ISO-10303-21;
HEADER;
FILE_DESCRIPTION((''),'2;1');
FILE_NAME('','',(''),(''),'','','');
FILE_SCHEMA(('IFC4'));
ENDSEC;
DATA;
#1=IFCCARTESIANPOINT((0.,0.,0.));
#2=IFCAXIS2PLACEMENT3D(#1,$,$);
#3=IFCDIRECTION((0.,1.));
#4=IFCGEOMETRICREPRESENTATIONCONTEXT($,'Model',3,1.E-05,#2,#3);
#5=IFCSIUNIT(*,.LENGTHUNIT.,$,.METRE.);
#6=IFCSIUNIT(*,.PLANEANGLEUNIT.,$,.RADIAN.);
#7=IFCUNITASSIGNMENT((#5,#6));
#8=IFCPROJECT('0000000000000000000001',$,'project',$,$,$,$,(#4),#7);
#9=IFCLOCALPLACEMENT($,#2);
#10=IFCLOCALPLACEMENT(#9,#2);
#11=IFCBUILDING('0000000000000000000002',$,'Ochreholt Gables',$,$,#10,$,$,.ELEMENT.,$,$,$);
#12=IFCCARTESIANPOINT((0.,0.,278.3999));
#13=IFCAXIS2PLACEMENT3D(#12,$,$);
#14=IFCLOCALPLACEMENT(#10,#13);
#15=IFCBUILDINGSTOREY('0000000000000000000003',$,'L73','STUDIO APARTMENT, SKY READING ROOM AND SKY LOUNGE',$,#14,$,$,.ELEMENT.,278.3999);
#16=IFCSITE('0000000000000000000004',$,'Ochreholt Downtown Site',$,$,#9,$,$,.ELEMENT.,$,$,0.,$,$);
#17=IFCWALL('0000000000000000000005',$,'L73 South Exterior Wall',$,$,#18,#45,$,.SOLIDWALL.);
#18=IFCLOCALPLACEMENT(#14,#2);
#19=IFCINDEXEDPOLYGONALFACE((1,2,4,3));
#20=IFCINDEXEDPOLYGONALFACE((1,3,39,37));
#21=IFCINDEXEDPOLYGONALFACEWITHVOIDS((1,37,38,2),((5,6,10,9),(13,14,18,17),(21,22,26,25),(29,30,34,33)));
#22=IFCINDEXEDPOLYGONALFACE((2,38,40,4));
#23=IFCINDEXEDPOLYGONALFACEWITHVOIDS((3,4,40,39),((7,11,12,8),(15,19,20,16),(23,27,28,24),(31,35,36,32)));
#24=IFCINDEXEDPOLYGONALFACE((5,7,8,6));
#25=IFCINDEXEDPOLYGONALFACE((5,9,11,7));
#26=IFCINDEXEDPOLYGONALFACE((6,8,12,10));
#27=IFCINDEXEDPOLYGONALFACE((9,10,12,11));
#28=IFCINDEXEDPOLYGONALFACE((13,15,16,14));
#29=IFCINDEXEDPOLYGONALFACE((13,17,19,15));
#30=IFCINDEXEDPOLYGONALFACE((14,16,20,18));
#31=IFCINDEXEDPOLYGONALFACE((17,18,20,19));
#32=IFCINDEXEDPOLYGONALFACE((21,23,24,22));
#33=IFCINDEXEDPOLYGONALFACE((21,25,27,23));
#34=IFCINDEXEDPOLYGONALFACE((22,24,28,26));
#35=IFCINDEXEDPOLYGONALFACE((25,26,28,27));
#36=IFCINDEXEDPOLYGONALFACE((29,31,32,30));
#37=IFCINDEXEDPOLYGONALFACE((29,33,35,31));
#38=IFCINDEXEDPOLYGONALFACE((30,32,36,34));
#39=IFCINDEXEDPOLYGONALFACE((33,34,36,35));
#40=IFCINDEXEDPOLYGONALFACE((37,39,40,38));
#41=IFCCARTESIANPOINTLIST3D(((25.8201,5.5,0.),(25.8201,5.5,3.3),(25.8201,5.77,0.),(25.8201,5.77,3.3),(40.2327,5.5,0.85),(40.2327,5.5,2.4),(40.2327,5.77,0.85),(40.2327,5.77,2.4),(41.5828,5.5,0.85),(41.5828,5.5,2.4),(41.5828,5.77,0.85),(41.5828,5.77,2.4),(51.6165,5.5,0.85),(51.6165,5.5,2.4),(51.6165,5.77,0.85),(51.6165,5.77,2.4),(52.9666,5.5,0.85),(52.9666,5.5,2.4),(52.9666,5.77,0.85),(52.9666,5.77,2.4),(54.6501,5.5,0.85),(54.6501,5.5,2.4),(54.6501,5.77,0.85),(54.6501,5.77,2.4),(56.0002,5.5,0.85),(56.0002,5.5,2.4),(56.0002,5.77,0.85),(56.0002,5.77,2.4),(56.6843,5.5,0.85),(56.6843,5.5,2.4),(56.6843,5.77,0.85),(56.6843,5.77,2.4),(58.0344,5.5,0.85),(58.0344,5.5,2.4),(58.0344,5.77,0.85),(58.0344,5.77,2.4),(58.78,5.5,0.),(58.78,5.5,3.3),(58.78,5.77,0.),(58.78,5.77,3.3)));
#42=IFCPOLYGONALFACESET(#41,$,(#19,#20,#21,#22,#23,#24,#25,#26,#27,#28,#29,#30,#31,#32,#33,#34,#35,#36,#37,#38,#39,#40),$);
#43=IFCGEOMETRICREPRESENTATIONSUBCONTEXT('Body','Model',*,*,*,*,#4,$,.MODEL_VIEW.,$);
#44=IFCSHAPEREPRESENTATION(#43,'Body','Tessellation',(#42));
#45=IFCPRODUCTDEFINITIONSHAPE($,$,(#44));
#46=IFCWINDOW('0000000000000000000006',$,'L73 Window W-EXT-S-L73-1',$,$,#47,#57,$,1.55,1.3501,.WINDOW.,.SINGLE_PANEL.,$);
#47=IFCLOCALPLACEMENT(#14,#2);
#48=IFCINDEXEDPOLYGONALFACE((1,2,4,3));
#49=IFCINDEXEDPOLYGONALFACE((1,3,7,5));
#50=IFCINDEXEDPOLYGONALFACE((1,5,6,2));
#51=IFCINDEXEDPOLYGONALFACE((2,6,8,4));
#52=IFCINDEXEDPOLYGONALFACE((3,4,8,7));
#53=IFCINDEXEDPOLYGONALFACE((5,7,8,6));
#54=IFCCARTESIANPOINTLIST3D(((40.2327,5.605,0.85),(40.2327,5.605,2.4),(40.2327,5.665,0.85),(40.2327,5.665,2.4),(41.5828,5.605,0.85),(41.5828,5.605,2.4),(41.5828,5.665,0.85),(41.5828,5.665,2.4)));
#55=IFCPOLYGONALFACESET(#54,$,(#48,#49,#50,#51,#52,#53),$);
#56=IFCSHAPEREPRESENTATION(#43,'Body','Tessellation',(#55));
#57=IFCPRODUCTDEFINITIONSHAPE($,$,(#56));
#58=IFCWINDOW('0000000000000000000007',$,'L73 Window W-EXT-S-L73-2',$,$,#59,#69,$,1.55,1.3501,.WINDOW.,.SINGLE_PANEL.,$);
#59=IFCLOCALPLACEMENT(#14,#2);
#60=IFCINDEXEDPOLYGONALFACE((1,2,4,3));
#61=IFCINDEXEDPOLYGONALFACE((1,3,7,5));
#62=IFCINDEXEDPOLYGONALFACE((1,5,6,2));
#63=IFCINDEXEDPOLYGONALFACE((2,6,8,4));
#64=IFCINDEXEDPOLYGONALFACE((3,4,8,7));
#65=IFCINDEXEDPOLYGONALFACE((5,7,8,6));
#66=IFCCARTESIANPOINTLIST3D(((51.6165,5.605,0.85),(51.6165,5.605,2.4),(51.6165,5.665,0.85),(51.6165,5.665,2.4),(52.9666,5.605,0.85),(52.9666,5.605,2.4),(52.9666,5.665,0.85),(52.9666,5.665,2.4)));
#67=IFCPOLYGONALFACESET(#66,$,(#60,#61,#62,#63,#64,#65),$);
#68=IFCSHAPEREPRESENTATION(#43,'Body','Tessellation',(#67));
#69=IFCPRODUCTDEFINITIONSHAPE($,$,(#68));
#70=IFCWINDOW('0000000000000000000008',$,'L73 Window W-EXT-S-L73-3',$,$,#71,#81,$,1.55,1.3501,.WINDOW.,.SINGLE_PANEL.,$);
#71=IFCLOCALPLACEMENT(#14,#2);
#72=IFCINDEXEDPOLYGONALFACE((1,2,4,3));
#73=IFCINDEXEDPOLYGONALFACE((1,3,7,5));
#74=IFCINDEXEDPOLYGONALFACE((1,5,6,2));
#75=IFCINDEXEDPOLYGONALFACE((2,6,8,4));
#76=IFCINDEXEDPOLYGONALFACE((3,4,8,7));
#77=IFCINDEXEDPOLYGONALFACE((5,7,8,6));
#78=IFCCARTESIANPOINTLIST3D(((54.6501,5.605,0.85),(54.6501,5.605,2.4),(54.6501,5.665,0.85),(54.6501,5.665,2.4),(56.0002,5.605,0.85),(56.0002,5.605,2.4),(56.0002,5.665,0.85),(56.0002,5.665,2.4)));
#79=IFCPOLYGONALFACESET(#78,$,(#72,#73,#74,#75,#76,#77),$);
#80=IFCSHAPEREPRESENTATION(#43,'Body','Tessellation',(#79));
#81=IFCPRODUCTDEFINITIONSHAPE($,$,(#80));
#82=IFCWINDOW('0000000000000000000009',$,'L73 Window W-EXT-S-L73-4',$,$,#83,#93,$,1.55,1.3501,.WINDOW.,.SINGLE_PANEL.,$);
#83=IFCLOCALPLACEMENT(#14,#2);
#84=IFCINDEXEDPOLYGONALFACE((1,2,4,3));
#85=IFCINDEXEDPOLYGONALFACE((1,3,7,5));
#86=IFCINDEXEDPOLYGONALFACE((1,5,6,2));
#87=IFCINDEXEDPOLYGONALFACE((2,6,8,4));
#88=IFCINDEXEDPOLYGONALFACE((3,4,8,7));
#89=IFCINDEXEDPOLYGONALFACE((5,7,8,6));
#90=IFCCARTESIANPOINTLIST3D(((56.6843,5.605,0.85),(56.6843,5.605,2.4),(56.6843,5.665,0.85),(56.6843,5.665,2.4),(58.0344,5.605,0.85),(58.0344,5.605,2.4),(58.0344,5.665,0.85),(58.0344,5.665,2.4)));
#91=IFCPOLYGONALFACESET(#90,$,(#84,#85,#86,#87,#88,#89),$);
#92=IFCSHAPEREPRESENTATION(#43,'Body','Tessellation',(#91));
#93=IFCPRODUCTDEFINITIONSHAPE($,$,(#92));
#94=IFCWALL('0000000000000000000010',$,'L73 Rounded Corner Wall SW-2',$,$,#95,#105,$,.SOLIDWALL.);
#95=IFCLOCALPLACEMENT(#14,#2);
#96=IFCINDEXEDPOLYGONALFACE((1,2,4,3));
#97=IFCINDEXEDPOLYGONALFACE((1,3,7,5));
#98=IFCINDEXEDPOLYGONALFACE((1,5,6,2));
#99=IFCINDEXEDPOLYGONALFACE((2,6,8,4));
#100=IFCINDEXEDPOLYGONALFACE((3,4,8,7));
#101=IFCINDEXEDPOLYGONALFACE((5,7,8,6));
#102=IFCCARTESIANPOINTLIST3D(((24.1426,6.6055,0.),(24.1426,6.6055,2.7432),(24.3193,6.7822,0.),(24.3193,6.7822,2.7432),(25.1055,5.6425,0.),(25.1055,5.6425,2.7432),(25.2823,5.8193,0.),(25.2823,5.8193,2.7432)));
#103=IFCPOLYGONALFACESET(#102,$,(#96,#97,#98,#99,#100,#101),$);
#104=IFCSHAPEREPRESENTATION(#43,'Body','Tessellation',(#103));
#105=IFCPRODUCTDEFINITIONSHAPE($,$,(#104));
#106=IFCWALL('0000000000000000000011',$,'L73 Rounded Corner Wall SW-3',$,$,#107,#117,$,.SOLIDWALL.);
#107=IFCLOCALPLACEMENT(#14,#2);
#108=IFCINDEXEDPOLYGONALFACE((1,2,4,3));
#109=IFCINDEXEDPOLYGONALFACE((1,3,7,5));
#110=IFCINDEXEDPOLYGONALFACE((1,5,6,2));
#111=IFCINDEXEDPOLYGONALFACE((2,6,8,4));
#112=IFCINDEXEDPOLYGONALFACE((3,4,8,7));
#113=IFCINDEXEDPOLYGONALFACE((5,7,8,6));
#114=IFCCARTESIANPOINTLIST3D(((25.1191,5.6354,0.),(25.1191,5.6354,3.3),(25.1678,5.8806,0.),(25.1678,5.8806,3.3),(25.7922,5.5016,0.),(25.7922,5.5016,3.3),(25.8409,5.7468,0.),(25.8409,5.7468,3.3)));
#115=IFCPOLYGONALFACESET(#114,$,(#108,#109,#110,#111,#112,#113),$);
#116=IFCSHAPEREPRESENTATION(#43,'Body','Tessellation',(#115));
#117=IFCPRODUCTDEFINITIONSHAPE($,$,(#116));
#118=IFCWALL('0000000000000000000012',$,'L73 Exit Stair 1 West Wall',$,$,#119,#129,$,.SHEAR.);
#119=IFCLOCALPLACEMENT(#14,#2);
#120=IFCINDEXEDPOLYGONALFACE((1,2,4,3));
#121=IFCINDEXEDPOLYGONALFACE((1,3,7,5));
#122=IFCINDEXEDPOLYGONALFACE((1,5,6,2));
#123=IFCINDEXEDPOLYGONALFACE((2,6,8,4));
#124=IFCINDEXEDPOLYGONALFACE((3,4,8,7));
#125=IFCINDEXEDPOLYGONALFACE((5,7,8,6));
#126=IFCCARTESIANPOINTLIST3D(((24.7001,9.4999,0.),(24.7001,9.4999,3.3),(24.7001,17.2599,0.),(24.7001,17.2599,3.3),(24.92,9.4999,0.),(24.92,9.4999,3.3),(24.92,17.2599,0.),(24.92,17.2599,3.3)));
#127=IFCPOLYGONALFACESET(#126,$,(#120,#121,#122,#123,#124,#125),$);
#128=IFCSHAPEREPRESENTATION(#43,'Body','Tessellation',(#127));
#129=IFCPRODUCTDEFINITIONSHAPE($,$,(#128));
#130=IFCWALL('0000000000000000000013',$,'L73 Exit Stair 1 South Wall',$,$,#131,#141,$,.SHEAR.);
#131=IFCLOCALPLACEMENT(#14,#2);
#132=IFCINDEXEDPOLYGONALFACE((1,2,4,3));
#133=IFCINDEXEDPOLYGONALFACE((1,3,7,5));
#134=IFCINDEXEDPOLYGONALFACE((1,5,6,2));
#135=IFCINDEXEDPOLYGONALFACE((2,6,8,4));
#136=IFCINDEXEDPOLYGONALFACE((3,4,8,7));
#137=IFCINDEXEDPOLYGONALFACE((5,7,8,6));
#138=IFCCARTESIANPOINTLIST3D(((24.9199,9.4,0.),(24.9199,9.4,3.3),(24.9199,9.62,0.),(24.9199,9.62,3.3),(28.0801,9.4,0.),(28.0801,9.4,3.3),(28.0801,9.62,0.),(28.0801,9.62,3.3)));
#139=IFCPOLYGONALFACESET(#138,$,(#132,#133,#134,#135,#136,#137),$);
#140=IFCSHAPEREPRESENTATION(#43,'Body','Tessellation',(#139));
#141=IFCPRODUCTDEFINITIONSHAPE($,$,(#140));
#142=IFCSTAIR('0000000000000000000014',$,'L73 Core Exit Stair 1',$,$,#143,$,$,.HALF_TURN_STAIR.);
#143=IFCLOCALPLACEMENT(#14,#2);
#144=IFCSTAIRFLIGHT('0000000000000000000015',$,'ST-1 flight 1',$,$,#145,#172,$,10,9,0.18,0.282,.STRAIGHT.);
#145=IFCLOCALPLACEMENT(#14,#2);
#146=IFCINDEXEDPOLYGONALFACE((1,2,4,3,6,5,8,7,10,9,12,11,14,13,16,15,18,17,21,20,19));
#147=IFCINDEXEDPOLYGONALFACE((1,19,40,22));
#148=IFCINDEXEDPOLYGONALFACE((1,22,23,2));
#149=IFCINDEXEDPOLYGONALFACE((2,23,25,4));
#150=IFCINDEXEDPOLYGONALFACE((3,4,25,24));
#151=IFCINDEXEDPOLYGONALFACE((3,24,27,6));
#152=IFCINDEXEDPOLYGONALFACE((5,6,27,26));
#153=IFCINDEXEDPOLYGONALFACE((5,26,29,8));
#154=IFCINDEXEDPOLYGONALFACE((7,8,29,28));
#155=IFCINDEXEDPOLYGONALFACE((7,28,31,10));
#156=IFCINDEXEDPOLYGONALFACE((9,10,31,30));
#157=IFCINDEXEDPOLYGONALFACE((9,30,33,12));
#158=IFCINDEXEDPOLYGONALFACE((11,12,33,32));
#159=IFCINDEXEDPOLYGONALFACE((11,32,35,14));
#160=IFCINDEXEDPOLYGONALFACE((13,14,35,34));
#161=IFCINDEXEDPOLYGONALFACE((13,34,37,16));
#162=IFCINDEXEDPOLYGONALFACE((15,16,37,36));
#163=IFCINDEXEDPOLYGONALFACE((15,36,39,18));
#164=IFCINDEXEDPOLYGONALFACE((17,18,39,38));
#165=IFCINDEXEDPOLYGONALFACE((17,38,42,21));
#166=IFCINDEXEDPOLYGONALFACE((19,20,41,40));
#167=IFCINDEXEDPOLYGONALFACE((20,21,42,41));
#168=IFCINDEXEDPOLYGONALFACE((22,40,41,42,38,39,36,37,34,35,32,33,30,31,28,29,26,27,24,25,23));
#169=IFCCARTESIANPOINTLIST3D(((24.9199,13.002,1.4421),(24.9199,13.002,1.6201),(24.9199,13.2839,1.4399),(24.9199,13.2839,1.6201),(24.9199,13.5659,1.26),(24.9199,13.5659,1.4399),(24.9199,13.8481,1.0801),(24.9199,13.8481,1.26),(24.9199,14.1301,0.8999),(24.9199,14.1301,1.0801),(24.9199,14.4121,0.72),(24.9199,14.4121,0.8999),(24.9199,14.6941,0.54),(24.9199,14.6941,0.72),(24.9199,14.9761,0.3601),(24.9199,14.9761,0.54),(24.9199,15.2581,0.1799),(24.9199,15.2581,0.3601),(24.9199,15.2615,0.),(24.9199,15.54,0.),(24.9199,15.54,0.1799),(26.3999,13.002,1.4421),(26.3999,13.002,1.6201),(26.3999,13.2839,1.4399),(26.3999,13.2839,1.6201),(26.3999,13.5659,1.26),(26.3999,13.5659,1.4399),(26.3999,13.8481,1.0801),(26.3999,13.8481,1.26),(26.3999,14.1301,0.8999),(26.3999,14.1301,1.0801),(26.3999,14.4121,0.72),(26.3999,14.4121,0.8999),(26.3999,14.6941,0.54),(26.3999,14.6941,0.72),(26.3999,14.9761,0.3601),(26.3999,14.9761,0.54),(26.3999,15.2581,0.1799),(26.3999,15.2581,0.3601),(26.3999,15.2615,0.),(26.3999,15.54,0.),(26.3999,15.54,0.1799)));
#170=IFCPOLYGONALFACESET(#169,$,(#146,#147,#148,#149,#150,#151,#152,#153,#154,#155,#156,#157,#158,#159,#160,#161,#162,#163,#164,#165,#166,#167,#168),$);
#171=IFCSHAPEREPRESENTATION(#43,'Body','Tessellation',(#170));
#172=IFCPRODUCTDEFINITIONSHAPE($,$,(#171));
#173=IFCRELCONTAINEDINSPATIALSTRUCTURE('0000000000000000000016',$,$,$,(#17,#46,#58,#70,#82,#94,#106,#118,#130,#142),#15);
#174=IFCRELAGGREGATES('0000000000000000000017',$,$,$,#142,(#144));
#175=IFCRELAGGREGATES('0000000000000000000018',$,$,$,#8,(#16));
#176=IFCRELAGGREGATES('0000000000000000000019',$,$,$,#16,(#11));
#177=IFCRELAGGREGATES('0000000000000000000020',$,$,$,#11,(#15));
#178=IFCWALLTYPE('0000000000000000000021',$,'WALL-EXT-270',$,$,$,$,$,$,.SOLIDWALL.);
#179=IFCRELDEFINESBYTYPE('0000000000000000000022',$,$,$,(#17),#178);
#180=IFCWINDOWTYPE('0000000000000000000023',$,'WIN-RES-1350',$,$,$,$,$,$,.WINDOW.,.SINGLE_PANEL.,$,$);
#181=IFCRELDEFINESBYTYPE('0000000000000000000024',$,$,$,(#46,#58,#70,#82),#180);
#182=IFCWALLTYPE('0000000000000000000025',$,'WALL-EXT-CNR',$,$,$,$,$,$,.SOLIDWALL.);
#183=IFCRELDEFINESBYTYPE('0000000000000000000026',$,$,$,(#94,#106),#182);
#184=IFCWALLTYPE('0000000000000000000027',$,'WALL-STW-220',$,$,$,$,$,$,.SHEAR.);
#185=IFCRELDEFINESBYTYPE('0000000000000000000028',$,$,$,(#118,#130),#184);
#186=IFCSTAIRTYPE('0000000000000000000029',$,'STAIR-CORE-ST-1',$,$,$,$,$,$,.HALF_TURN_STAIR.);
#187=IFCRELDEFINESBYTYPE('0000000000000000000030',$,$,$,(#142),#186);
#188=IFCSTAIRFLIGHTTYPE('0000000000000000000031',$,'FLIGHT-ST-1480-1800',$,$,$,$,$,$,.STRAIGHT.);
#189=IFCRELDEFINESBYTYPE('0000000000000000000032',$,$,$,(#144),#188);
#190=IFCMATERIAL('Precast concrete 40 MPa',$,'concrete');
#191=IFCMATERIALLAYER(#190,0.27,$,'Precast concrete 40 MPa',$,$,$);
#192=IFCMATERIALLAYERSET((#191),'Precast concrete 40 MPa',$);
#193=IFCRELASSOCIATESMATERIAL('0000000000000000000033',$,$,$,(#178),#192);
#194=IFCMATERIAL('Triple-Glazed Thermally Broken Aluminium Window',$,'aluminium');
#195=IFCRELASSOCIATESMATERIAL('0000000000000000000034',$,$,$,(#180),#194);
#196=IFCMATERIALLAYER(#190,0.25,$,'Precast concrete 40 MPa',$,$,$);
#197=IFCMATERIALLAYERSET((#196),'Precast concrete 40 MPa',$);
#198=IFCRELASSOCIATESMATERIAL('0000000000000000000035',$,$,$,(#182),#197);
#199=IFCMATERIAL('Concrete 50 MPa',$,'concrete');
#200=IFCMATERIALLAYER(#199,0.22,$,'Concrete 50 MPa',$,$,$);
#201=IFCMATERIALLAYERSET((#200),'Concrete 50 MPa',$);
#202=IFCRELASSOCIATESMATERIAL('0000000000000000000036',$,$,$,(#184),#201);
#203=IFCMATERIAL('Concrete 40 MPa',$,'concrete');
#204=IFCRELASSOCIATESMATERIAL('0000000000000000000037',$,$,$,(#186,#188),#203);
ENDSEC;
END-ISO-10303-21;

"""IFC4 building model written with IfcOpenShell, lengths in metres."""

from ifc_helpers import new_model, si_unit, direction, frame, frame_2d, origin, place, context, subcontext, project, spatial, polyline, rectangle, outline, extrude, material, layer, layer_set, type_object, element, fill, aggregate, save


model = new_model("IFC4")

# Units and contexts
model_context = context("Model", 3, precision=1e-05, world=origin(), true_north=direction((0.0, 1.0)))
body_context = subcontext(model_context, "Body", "Model", "MODEL_VIEW")
ifc_project = project(units=[si_unit("LENGTHUNIT", "METRE"), si_unit("PLANEANGLEUNIT", "RADIAN")], contexts=[model_context])

# Site, building, storey
site_placement = place(None, origin())
site = spatial("IfcSite", under=ifc_project, at=site_placement, Name="Ochreholt Downtown Site", CompositionType="ELEMENT", RefElevation=0.0)
building_placement = place(site_placement, origin())
building = spatial("IfcBuilding", under=site, at=building_placement, Name="Ochreholt Gables", CompositionType="ELEMENT")
storey_placement = place(building_placement, frame((0.0, 0.0, 278.3999)))
storey = spatial("IfcBuildingStorey", under=building, at=storey_placement, Name="L73", Description="STUDIO APARTMENT, SKY READING ROOM AND SKY LOUNGE", CompositionType="ELEMENT", Elevation=278.3999)

# Shared definitions
ifc_material_1 = material(Name="Concrete 50 MPa", Category="concrete")

# Wall, openings, windows
ifc_material_2 = material(Name="Precast concrete 40 MPa", Category="concrete")
ifc_layer_1 = layer(ifc_material_2, 0.27, Name="Precast concrete 40 MPa")
ifc_layer_set_1 = layer_set([ifc_layer_1], Name="Precast concrete 40 MPa")
wall_type_1 = type_object("IfcWallType", Name="WALL-EXT-270", PredefinedType="SOLIDWALL", material=ifc_layer_set_1)
wall_1_placement = place(storey_placement, frame((25.8201, 5.635, 0.0), z_axis=(0.0, 0.0, 1.0), x_axis=(1.0, 0.0, 0.0)))
wall_1 = element("IfcWall", 1, at=wall_1_placement, inside=storey, type_object=wall_type_1, Name="L73 South Exterior Wall", PredefinedType="SOLIDWALL", context=body_context, shape_type="SweptSolid", body=[
    extrude(rectangle(XDim=32.96, YDim=0.27, at=frame_2d((16.48, 0.0))), origin(), (0.0, 0.0, 1.0), 3.3),
])
opening_1_placement = place(wall_1_placement, frame((14.4126, 0.0, 0.8501)))
opening_1 = element("IfcOpeningElement", 2, at=opening_1_placement, cuts=wall_1, PredefinedType="OPENING", context=body_context, shape_type="SweptSolid", body=[
    extrude(rectangle(XDim=1.3501, YDim=1.55, at=frame_2d((0.675, 0.7749))), frame((0.0, 0.145, 0.0), z_axis=(0.0, -1.0, 0.0), x_axis=(1.0, 0.0, 0.0)), (0.0, 0.0, 1.0), 0.29),
])
opening_2_placement = place(wall_1_placement, frame((25.7964, 0.0, 0.8501)))
opening_2 = element("IfcOpeningElement", 3, at=opening_2_placement, cuts=wall_1, PredefinedType="OPENING", context=body_context, shape_type="SweptSolid", body=[
    extrude(rectangle(XDim=1.3501, YDim=1.55, at=frame_2d((0.675, 0.7749))), frame((0.0, 0.145, 0.0), z_axis=(0.0, -1.0, 0.0), x_axis=(1.0, 0.0, 0.0)), (0.0, 0.0, 1.0), 0.29),
])
opening_3_placement = place(wall_1_placement, frame((28.8301, 0.0, 0.8501)))
opening_3 = element("IfcOpeningElement", 4, at=opening_3_placement, cuts=wall_1, PredefinedType="OPENING", context=body_context, shape_type="SweptSolid", body=[
    extrude(rectangle(XDim=1.3501, YDim=1.55, at=frame_2d((0.675, 0.7749))), frame((0.0, 0.145, 0.0), z_axis=(0.0, -1.0, 0.0), x_axis=(1.0, 0.0, 0.0)), (0.0, 0.0, 1.0), 0.29),
])
opening_4_placement = place(wall_1_placement, frame((30.8643, 0.0, 0.8501)))
opening_4 = element("IfcOpeningElement", 5, at=opening_4_placement, cuts=wall_1, PredefinedType="OPENING", context=body_context, shape_type="SweptSolid", body=[
    extrude(rectangle(XDim=1.3501, YDim=1.55, at=frame_2d((0.675, 0.7749))), frame((0.0, 0.145, 0.0), z_axis=(0.0, -1.0, 0.0), x_axis=(1.0, 0.0, 0.0)), (0.0, 0.0, 1.0), 0.29),
])
ifc_material_3 = material(Name="Triple-Glazed Thermally Broken Aluminium Window", Category="aluminium")
window_type = type_object("IfcWindowType", Name="WIN-RES-1350", PartitioningType="SINGLE_PANEL", PredefinedType="WINDOW", material=ifc_material_3)
window_1_placement = place(opening_1_placement, origin())
window_1 = element("IfcWindow", 6, at=window_1_placement, inside=storey, type_object=window_type, Name="L73 Window W-EXT-S-L73-1", OverallHeight=1.55, OverallWidth=1.3501, PartitioningType="SINGLE_PANEL", PredefinedType="WINDOW", context=body_context, shape_type="SweptSolid", body=[
    extrude(rectangle(XDim=1.3501, YDim=1.55, at=frame_2d((0.675, 0.7749))), frame((0.0, 0.03, 0.0), z_axis=(0.0, -1.0, 0.0), x_axis=(1.0, 0.0, 0.0)), (0.0, 0.0, 1.0), 0.0601),
])
fill(opening_1, window_1)
window_2_placement = place(opening_2_placement, origin())
window_2 = element("IfcWindow", 7, at=window_2_placement, inside=storey, type_object=window_type, Name="L73 Window W-EXT-S-L73-2", OverallHeight=1.55, OverallWidth=1.3501, PartitioningType="SINGLE_PANEL", PredefinedType="WINDOW", context=body_context, shape_type="SweptSolid", body=[
    extrude(rectangle(XDim=1.3501, YDim=1.55, at=frame_2d((0.675, 0.7749))), frame((0.0, 0.03, 0.0), z_axis=(0.0, -1.0, 0.0), x_axis=(1.0, 0.0, 0.0)), (0.0, 0.0, 1.0), 0.0601),
])
fill(opening_2, window_2)
window_3_placement = place(opening_3_placement, origin())
window_3 = element("IfcWindow", 8, at=window_3_placement, inside=storey, type_object=window_type, Name="L73 Window W-EXT-S-L73-3", OverallHeight=1.55, OverallWidth=1.3501, PartitioningType="SINGLE_PANEL", PredefinedType="WINDOW", context=body_context, shape_type="SweptSolid", body=[
    extrude(rectangle(XDim=1.3501, YDim=1.55, at=frame_2d((0.675, 0.7749))), frame((0.0, 0.03, 0.0), z_axis=(0.0, -1.0, 0.0), x_axis=(1.0, 0.0, 0.0)), (0.0, 0.0, 1.0), 0.0601),
])
fill(opening_3, window_3)
window_4_placement = place(opening_4_placement, origin())
window_4 = element("IfcWindow", 9, at=window_4_placement, inside=storey, type_object=window_type, Name="L73 Window W-EXT-S-L73-4", OverallHeight=1.55, OverallWidth=1.3501, PartitioningType="SINGLE_PANEL", PredefinedType="WINDOW", context=body_context, shape_type="SweptSolid", body=[
    extrude(rectangle(XDim=1.3501, YDim=1.55, at=frame_2d((0.675, 0.7749))), frame((0.0, 0.03, 0.0), z_axis=(0.0, -1.0, 0.0), x_axis=(1.0, 0.0, 0.0)), (0.0, 0.0, 1.0), 0.0601),
])
fill(opening_4, window_4)

# Walls
ifc_layer_2 = layer(ifc_material_2, 0.25, Name="Precast concrete 40 MPa")
ifc_layer_set_2 = layer_set([ifc_layer_2], Name="Precast concrete 40 MPa")
wall_type_2 = type_object("IfcWallType", Name="WALL-EXT-CNR", PredefinedType="SOLIDWALL", material=ifc_layer_set_2)
wall_2_placement = place(storey_placement, frame((24.231, 6.6938, 0.0), z_axis=(0.0, 0.0, 1.0), x_axis=(0.707107, -0.707107, 0.0)))
element("IfcWall", 10, at=wall_2_placement, inside=storey, type_object=wall_type_2, Name="L73 Rounded Corner Wall SW-2", PredefinedType="SOLIDWALL", context=body_context, shape_type="SweptSolid", body=[
    extrude(rectangle(XDim=1.3618, YDim=0.25, at=frame_2d((0.6809, 0.0))), origin(), (0.0, 0.0, 1.0), 2.7432),
])
wall_3_placement = place(storey_placement, frame((25.1433, 5.7581, 0.0), z_axis=(0.0, 0.0, 1.0), x_axis=(0.980813, -0.194953, 0.0)))
element("IfcWall", 11, at=wall_3_placement, inside=storey, type_object=wall_type_2, Name="L73 Rounded Corner Wall SW-3", PredefinedType="SOLIDWALL", context=body_context, shape_type="SweptSolid", body=[
    extrude(rectangle(XDim=0.6863, YDim=0.25, at=frame_2d((0.3433, 0.0))), origin(), (0.0, 0.0, 1.0), 3.3),
])
ifc_layer_3 = layer(ifc_material_1, 0.22, Name="Concrete 50 MPa")
ifc_layer_set_3 = layer_set([ifc_layer_3], Name="Concrete 50 MPa")
wall_type_3 = type_object("IfcWallType", Name="WALL-STW-220", PredefinedType="SHEAR", material=ifc_layer_set_3)
wall_4_placement = place(storey_placement, frame((24.8101, 9.5, 0.0), z_axis=(0.0, 0.0, 1.0), x_axis=(0.0, 1.0, 0.0)))
element("IfcWall", 12, at=wall_4_placement, inside=storey, type_object=wall_type_3, Name="L73 Exit Stair 1 West Wall", PredefinedType="SHEAR", context=body_context, shape_type="SweptSolid", body=[
    extrude(rectangle(XDim=7.76, YDim=0.22, at=frame_2d((3.8799, 0.0))), origin(), (0.0, 0.0, 1.0), 3.3),
])
wall_5_placement = place(storey_placement, frame((24.9199, 9.51, 0.0), z_axis=(0.0, 0.0, 1.0), x_axis=(1.0, 0.0, 0.0)))
element("IfcWall", 13, at=wall_5_placement, inside=storey, type_object=wall_type_3, Name="L73 Exit Stair 1 South Wall", PredefinedType="SHEAR", context=body_context, shape_type="SweptSolid", body=[
    extrude(rectangle(XDim=3.1602, YDim=0.22, at=frame_2d((1.5801, 0.0))), origin(), (0.0, 0.0, 1.0), 3.3),
])

# Stair, stair flight
ifc_material_4 = material(Name="Concrete 40 MPa", Category="concrete")
stair_type = type_object("IfcStairType", Name="STAIR-CORE-ST-1", PredefinedType="HALF_TURN_STAIR", material=ifc_material_4)
stair_placement = place(storey_placement, origin())
stair = element("IfcStair", 14, at=stair_placement, inside=storey, type_object=stair_type, Name="L73 Core Exit Stair 1", PredefinedType="HALF_TURN_STAIR")
stair_flight_type = type_object("IfcStairFlightType", Name="FLIGHT-ST-1480-1800", PredefinedType="STRAIGHT", material=ifc_material_4)
stair_flight_placement = place(storey_placement, frame((25.6599, 15.54, 0.0), z_axis=(0.0, 0.0, 1.0), x_axis=(0.0, -1.0, 0.0)))
stair_flight = element("IfcStairFlight", 15, at=stair_flight_placement, type_object=stair_flight_type, Name="ST-1 flight 1", NumberOfRisers=10, NumberOfTreads=9, PredefinedType="STRAIGHT", RiserHeight=0.18, TreadLength=0.282, context=body_context, shape_type="SweptSolid", body=[
    extrude(outline(polyline([(0.0, 0.0), (0.0, 0.1799), (0.282, 0.1799), (0.282, 0.3601), (0.564, 0.3601), (0.564, 0.54), (0.8459, 0.54), (0.8459, 0.72), (1.1279, 0.72), (1.1279, 0.8999), (1.4099, 0.8999), (1.4099, 1.0801), (1.6919, 1.0801), (1.6919, 1.26), (1.9741, 1.26), (1.9741, 1.4399), (2.2561, 1.4399), (2.2561, 1.6201), (2.5381, 1.6201), (2.5381, 1.8), (2.5381, 1.4421), (0.2786, 0.0), (0.0, 0.0)])), frame((0.0, 0.74, 0.0), z_axis=(0.0, -1.0, 0.0), x_axis=(1.0, 0.0, 0.0)), (0.0, 0.0, 1.0), 1.48),
])
aggregate(stair, [stair_flight])

save(model, "model.ifc")
